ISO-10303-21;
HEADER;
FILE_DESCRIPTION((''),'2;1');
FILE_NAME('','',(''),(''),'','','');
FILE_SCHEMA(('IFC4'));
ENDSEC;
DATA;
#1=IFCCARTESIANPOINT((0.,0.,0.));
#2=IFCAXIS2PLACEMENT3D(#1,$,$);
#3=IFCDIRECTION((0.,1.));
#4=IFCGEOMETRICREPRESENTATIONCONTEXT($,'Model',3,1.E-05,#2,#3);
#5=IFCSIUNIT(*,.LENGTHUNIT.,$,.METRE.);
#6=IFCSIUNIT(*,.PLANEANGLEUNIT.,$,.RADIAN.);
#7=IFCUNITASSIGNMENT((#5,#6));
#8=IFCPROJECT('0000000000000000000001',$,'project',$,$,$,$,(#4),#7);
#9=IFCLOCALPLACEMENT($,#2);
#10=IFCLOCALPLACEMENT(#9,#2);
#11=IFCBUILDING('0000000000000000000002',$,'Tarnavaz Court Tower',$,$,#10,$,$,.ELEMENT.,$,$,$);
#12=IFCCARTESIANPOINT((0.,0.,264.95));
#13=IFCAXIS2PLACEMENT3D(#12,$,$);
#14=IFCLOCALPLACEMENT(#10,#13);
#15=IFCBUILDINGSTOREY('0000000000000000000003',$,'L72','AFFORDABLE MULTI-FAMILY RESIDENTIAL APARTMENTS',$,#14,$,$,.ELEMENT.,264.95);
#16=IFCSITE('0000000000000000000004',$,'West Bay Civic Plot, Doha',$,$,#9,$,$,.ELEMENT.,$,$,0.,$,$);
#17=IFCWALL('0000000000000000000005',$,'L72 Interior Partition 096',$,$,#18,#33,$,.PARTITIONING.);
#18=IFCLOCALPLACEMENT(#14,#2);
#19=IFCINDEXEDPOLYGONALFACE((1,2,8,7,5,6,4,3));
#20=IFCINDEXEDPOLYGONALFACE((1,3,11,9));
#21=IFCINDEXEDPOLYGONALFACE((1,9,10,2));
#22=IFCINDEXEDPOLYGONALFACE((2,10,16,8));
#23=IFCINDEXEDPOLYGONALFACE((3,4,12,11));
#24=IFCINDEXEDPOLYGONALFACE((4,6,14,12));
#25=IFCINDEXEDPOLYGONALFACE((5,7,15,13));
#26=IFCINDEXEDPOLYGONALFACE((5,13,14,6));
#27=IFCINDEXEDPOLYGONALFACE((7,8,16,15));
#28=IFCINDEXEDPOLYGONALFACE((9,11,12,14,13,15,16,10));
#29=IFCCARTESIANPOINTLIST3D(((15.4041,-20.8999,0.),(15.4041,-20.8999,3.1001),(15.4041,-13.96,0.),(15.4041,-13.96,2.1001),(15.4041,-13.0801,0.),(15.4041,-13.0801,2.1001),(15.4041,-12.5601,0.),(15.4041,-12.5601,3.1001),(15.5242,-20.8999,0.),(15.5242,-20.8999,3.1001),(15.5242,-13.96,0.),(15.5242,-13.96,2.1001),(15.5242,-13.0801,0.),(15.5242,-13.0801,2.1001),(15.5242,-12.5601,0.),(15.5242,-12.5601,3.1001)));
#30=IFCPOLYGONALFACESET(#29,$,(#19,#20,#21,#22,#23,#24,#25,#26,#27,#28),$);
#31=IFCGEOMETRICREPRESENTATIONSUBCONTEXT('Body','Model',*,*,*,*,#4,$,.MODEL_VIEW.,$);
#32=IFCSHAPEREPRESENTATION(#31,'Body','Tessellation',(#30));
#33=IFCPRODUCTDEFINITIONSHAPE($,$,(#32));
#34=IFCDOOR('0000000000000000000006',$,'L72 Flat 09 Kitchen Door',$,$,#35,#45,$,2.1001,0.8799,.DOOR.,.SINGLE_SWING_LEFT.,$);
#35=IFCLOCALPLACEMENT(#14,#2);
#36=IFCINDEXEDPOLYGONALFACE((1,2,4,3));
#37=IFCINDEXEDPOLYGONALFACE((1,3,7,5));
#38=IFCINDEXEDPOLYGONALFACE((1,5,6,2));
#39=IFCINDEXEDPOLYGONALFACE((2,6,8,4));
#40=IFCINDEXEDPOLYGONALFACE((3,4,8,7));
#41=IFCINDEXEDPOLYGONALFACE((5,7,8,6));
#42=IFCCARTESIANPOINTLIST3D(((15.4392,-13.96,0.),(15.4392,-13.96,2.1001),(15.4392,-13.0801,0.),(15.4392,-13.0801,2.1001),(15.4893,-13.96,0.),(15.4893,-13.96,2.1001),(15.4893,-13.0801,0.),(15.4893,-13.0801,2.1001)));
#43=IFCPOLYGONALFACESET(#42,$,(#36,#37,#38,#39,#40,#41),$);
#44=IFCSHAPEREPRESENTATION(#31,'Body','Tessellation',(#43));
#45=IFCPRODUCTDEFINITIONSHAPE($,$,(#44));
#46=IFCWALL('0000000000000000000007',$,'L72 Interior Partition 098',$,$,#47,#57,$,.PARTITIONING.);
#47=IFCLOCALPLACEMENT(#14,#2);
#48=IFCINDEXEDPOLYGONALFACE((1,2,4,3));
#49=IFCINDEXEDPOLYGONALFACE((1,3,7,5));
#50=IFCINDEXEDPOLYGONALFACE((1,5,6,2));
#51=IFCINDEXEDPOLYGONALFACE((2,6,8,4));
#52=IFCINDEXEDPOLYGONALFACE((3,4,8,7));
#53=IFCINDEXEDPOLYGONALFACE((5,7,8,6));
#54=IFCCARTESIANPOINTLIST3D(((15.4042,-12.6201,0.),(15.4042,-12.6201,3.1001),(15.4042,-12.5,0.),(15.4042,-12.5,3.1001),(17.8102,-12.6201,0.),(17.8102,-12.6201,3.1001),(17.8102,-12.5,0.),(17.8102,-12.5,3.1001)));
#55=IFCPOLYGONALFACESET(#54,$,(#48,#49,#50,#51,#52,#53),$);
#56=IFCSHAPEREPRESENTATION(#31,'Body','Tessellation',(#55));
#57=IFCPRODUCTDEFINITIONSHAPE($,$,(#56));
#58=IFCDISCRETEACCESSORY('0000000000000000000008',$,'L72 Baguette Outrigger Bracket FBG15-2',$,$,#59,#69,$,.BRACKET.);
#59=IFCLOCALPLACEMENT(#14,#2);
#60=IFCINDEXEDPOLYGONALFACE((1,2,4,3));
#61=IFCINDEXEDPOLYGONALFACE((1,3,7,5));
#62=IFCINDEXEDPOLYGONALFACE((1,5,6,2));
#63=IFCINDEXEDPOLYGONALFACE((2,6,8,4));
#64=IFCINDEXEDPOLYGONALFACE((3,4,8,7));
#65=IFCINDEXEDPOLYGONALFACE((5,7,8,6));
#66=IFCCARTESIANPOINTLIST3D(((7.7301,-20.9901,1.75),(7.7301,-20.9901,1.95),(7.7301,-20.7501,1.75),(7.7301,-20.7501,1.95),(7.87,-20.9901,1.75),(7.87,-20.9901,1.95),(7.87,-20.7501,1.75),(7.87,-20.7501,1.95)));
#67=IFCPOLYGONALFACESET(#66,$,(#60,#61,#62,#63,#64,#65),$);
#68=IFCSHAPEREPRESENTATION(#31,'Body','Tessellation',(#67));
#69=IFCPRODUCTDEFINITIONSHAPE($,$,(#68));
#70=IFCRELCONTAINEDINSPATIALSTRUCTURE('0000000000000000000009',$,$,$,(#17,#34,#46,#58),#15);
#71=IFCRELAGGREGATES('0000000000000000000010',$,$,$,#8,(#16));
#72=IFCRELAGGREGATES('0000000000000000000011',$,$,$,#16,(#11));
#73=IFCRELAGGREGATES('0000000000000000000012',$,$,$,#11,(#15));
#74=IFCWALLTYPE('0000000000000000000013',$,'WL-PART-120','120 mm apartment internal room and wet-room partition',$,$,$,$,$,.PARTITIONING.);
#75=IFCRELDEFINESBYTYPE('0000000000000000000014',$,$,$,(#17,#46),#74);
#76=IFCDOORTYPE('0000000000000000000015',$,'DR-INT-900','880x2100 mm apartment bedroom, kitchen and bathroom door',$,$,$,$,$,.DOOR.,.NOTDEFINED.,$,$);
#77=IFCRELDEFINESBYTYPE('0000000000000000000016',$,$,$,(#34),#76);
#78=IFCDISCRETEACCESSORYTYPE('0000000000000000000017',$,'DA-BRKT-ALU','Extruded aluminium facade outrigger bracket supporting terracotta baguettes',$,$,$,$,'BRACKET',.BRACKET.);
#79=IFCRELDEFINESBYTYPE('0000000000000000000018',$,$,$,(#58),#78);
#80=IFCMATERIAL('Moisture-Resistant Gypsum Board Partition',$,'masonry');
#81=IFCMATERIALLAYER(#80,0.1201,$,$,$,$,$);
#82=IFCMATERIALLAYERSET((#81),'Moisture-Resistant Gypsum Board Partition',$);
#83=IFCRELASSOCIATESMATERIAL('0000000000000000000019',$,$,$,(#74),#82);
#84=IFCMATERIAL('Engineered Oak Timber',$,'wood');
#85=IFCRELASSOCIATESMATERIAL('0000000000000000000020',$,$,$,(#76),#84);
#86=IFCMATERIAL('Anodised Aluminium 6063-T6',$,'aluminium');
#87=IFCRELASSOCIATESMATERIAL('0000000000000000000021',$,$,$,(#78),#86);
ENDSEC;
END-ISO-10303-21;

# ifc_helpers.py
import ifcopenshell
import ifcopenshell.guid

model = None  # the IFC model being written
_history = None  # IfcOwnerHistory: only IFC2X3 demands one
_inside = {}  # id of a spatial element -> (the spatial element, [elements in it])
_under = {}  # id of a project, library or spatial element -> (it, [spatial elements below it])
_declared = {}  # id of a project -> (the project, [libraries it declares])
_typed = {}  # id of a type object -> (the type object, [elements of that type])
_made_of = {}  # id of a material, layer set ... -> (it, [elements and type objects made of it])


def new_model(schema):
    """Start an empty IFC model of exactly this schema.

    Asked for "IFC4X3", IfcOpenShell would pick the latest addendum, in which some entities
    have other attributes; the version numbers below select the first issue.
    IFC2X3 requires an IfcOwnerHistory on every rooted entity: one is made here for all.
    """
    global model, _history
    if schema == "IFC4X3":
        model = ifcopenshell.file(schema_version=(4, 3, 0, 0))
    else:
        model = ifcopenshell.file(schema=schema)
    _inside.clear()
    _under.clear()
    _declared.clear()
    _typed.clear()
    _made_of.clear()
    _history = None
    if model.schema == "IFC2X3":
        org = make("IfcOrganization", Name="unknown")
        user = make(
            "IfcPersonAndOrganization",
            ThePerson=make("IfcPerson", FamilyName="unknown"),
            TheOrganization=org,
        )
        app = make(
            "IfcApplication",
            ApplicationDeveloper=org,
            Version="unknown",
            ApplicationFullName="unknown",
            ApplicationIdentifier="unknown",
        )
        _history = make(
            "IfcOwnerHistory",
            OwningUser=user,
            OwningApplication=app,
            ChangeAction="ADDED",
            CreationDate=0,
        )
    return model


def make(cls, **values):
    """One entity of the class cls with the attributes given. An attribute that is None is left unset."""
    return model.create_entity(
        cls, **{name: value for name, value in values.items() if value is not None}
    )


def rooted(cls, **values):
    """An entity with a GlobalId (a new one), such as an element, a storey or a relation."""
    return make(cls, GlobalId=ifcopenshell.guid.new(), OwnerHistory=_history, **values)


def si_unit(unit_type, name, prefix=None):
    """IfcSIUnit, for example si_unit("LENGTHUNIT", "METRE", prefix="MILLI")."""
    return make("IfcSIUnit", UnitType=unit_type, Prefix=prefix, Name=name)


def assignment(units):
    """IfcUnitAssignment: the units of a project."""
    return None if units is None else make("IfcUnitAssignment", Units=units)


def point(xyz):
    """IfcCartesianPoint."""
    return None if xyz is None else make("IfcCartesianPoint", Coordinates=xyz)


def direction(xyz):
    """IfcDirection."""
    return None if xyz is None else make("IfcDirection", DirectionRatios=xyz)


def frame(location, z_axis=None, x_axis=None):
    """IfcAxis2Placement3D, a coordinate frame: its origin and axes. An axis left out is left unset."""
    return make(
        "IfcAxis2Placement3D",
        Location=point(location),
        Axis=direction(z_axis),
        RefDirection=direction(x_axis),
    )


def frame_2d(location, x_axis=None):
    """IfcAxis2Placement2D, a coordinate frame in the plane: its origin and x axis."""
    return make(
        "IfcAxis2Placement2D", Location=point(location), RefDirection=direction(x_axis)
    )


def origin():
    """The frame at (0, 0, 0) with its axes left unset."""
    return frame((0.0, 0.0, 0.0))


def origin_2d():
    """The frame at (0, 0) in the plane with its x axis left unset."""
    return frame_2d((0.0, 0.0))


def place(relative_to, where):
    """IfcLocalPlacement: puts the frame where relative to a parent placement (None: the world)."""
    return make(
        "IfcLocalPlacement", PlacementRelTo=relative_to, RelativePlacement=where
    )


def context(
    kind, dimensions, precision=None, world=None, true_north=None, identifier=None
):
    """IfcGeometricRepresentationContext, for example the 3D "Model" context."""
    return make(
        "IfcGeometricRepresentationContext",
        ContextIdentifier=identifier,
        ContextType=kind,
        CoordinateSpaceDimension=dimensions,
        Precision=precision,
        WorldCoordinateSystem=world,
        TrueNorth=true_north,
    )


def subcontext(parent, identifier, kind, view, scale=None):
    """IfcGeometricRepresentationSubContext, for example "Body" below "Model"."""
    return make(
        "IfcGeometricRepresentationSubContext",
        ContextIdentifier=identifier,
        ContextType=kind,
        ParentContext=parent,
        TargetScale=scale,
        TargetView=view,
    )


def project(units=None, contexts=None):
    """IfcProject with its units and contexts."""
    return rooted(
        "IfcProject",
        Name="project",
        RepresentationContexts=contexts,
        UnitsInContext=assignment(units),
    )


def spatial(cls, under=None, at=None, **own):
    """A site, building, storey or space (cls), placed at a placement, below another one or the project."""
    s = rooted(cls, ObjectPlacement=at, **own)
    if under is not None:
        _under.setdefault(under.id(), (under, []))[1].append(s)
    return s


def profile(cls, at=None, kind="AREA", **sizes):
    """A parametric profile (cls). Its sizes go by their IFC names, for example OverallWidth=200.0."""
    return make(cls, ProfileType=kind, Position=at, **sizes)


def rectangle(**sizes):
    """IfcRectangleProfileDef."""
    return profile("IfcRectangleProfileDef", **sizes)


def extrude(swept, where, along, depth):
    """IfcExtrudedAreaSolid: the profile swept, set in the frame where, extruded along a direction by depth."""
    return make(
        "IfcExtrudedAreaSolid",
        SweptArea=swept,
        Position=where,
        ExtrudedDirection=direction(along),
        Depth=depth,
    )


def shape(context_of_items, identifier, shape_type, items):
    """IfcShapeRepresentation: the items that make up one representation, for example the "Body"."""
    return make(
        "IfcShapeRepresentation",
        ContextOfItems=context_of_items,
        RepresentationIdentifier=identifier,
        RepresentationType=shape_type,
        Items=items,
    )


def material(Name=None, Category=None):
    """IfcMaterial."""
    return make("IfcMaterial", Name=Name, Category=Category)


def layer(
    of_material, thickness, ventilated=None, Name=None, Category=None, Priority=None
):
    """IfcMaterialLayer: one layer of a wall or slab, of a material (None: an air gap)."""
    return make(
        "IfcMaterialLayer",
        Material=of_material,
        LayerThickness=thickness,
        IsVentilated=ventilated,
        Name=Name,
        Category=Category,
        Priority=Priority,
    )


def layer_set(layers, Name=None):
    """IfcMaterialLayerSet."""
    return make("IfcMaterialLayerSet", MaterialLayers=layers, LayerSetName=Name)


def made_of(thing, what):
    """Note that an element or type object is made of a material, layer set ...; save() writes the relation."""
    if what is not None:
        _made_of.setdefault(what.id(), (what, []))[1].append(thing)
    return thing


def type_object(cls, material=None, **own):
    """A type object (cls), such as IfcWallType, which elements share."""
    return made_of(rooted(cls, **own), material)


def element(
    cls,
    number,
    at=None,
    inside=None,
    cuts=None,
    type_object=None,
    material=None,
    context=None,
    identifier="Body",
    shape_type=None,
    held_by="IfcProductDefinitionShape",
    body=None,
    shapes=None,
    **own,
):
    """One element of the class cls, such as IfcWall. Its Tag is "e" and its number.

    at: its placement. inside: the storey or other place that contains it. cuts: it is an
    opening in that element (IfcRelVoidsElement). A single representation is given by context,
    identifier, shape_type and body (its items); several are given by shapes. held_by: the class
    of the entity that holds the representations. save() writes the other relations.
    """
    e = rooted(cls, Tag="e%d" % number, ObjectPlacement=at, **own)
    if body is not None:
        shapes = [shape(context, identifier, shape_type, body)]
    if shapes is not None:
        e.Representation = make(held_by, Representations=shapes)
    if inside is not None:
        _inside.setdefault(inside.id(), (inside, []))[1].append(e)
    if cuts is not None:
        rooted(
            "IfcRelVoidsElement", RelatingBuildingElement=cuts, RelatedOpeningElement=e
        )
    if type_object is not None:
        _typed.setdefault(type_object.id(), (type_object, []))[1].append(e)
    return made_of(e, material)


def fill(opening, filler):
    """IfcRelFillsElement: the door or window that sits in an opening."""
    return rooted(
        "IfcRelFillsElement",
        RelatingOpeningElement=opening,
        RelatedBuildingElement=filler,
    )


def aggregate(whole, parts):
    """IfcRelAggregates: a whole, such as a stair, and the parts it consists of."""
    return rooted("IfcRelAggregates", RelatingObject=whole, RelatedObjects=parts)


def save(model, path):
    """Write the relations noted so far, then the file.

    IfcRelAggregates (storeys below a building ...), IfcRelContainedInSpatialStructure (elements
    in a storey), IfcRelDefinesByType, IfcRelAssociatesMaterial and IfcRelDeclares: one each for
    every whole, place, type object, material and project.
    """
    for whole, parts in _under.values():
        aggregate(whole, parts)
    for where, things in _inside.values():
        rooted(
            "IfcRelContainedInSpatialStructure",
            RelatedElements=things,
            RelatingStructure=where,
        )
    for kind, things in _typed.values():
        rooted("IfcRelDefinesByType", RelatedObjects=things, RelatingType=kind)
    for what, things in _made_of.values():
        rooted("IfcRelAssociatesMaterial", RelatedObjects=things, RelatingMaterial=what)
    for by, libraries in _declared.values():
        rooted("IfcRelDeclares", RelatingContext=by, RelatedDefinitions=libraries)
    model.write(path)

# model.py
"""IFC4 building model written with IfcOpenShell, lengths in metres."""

from ifc_helpers import new_model, si_unit, direction, frame, frame_2d, origin, origin_2d, place, context, subcontext, project, spatial, rectangle, extrude, material, layer, layer_set, type_object, element, fill, save


model = new_model("IFC4")

# Units and contexts
model_context = context("Model", 3, precision=1e-05, world=origin(), true_north=direction((0.0, 1.0)))
body_context = subcontext(model_context, "Body", "Model", "MODEL_VIEW")
ifc_project = project(units=[si_unit("LENGTHUNIT", "METRE"), si_unit("PLANEANGLEUNIT", "RADIAN")], contexts=[model_context])

# Site, building, storey
site_placement = place(None, origin())
site = spatial("IfcSite", under=ifc_project, at=site_placement, Name="West Bay Civic Plot, Doha", CompositionType="ELEMENT", RefElevation=0.0)
building_placement = place(site_placement, origin())
building = spatial("IfcBuilding", under=site, at=building_placement, Name="Tarnavaz Court Tower", CompositionType="ELEMENT")
storey_placement = place(building_placement, frame((0.0, 0.0, 264.95)))
storey = spatial("IfcBuildingStorey", under=building, at=storey_placement, Name="L72", Description="AFFORDABLE MULTI-FAMILY RESIDENTIAL APARTMENTS", CompositionType="ELEMENT", Elevation=264.95)

# Shared definitions
ifc_material_1 = material(Name="Moisture-Resistant Gypsum Board Partition", Category="masonry")
ifc_layer_1 = layer(ifc_material_1, 0.1201)
ifc_layer_set_1 = layer_set([ifc_layer_1], Name="Moisture-Resistant Gypsum Board Partition")
wall_type_1 = type_object("IfcWallType", Name="WL-PART-120", Description="120 mm apartment internal room and wet-room partition", PredefinedType="PARTITIONING", material=ifc_layer_set_1)
ifc_material_2 = material(Name="Engineered Oak Timber", Category="wood")
door_type = type_object("IfcDoorType", Name="DR-INT-900", Description="880x2100 mm apartment bedroom, kitchen and bathroom door", OperationType="NOTDEFINED", PredefinedType="DOOR", material=ifc_material_2)

# Wall, opening, door
wall_1_placement = place(storey_placement, frame((15.4641, -20.8999, 0.0), z_axis=(0.0, 0.0, 1.0), x_axis=(0.0, 1.0, 0.0)))
wall_1 = element("IfcWall", 1, at=wall_1_placement, inside=storey, type_object=wall_type_1, Name="L72 Interior Partition 096", PredefinedType="PARTITIONING", context=body_context, shape_type="SweptSolid", body=[
    extrude(rectangle(XDim=8.3398, YDim=0.1201, at=frame_2d((4.1699, 0.0))), origin(), (0.0, 0.0, 1.0), 3.1001),
])
opening_1_placement = place(wall_1_placement, frame((6.9399, 0.0, 0.0)))
opening_1 = element("IfcOpeningElement", 2, at=opening_1_placement, cuts=wall_1, PredefinedType="OPENING", context=body_context, shape_type="SweptSolid", body=[
    extrude(rectangle(XDim=0.8799, YDim=2.1001, at=frame_2d((0.4399, 1.05))), frame((0.0, 0.0701, 0.0), z_axis=(0.0, -1.0, 0.0), x_axis=(1.0, 0.0, 0.0)), (0.0, 0.0, 1.0), 0.1401),
])
door_1_placement = place(opening_1_placement, origin())
door_1 = element("IfcDoor", 3, at=door_1_placement, inside=storey, type_object=door_type, Name="L72 Flat 09 Kitchen Door", OperationType="SINGLE_SWING_LEFT", OverallHeight=2.1001, OverallWidth=0.8799, PredefinedType="DOOR", context=body_context, shape_type="SweptSolid", body=[
    extrude(rectangle(XDim=0.8799, YDim=2.1001, at=frame_2d((0.4399, 1.05))), frame((0.0, 0.0249, 0.0), z_axis=(0.0, -1.0, 0.0), x_axis=(1.0, 0.0, 0.0)), (0.0, 0.0, 1.0), 0.05),
])
fill(opening_1, door_1)

# Wall
wall_2_placement = place(storey_placement, frame((15.4041, -12.5601, 0.0), z_axis=(0.0, 0.0, 1.0), x_axis=(1.0, 0.0, 0.0)))
element("IfcWall", 4, at=wall_2_placement, inside=storey, type_object=wall_type_1, Name="L72 Interior Partition 098", PredefinedType="PARTITIONING", context=body_context, shape_type="SweptSolid", body=[
    extrude(rectangle(XDim=2.406, YDim=0.1201, at=frame_2d((1.2031, 0.0))), origin(), (0.0, 0.0, 1.0), 3.1001),
])

# Discrete accessory
ifc_material_3 = material(Name="Anodised Aluminium 6063-T6", Category="aluminium")
discrete_accessory_type = type_object("IfcDiscreteAccessoryType", Name="DA-BRKT-ALU", Description="Extruded aluminium facade outrigger bracket supporting terracotta baguettes", ElementType="BRACKET", PredefinedType="BRACKET", material=ifc_material_3)
discrete_accessory_placement = place(storey_placement, frame((7.8, -20.8701, 1.75), z_axis=(0.0, 0.0, 1.0), x_axis=(-1.0, 0.0, 0.0)))
element("IfcDiscreteAccessory", 5, at=discrete_accessory_placement, inside=storey, type_object=discrete_accessory_type, Name="L72 Baguette Outrigger Bracket FBG15-2", PredefinedType="BRACKET", context=body_context, shape_type="SweptSolid", body=[
    extrude(rectangle(XDim=0.1399, YDim=0.24, at=origin_2d()), origin(), (0.0, 0.0, 1.0), 0.2),
])

save(model, "model.ifc")
